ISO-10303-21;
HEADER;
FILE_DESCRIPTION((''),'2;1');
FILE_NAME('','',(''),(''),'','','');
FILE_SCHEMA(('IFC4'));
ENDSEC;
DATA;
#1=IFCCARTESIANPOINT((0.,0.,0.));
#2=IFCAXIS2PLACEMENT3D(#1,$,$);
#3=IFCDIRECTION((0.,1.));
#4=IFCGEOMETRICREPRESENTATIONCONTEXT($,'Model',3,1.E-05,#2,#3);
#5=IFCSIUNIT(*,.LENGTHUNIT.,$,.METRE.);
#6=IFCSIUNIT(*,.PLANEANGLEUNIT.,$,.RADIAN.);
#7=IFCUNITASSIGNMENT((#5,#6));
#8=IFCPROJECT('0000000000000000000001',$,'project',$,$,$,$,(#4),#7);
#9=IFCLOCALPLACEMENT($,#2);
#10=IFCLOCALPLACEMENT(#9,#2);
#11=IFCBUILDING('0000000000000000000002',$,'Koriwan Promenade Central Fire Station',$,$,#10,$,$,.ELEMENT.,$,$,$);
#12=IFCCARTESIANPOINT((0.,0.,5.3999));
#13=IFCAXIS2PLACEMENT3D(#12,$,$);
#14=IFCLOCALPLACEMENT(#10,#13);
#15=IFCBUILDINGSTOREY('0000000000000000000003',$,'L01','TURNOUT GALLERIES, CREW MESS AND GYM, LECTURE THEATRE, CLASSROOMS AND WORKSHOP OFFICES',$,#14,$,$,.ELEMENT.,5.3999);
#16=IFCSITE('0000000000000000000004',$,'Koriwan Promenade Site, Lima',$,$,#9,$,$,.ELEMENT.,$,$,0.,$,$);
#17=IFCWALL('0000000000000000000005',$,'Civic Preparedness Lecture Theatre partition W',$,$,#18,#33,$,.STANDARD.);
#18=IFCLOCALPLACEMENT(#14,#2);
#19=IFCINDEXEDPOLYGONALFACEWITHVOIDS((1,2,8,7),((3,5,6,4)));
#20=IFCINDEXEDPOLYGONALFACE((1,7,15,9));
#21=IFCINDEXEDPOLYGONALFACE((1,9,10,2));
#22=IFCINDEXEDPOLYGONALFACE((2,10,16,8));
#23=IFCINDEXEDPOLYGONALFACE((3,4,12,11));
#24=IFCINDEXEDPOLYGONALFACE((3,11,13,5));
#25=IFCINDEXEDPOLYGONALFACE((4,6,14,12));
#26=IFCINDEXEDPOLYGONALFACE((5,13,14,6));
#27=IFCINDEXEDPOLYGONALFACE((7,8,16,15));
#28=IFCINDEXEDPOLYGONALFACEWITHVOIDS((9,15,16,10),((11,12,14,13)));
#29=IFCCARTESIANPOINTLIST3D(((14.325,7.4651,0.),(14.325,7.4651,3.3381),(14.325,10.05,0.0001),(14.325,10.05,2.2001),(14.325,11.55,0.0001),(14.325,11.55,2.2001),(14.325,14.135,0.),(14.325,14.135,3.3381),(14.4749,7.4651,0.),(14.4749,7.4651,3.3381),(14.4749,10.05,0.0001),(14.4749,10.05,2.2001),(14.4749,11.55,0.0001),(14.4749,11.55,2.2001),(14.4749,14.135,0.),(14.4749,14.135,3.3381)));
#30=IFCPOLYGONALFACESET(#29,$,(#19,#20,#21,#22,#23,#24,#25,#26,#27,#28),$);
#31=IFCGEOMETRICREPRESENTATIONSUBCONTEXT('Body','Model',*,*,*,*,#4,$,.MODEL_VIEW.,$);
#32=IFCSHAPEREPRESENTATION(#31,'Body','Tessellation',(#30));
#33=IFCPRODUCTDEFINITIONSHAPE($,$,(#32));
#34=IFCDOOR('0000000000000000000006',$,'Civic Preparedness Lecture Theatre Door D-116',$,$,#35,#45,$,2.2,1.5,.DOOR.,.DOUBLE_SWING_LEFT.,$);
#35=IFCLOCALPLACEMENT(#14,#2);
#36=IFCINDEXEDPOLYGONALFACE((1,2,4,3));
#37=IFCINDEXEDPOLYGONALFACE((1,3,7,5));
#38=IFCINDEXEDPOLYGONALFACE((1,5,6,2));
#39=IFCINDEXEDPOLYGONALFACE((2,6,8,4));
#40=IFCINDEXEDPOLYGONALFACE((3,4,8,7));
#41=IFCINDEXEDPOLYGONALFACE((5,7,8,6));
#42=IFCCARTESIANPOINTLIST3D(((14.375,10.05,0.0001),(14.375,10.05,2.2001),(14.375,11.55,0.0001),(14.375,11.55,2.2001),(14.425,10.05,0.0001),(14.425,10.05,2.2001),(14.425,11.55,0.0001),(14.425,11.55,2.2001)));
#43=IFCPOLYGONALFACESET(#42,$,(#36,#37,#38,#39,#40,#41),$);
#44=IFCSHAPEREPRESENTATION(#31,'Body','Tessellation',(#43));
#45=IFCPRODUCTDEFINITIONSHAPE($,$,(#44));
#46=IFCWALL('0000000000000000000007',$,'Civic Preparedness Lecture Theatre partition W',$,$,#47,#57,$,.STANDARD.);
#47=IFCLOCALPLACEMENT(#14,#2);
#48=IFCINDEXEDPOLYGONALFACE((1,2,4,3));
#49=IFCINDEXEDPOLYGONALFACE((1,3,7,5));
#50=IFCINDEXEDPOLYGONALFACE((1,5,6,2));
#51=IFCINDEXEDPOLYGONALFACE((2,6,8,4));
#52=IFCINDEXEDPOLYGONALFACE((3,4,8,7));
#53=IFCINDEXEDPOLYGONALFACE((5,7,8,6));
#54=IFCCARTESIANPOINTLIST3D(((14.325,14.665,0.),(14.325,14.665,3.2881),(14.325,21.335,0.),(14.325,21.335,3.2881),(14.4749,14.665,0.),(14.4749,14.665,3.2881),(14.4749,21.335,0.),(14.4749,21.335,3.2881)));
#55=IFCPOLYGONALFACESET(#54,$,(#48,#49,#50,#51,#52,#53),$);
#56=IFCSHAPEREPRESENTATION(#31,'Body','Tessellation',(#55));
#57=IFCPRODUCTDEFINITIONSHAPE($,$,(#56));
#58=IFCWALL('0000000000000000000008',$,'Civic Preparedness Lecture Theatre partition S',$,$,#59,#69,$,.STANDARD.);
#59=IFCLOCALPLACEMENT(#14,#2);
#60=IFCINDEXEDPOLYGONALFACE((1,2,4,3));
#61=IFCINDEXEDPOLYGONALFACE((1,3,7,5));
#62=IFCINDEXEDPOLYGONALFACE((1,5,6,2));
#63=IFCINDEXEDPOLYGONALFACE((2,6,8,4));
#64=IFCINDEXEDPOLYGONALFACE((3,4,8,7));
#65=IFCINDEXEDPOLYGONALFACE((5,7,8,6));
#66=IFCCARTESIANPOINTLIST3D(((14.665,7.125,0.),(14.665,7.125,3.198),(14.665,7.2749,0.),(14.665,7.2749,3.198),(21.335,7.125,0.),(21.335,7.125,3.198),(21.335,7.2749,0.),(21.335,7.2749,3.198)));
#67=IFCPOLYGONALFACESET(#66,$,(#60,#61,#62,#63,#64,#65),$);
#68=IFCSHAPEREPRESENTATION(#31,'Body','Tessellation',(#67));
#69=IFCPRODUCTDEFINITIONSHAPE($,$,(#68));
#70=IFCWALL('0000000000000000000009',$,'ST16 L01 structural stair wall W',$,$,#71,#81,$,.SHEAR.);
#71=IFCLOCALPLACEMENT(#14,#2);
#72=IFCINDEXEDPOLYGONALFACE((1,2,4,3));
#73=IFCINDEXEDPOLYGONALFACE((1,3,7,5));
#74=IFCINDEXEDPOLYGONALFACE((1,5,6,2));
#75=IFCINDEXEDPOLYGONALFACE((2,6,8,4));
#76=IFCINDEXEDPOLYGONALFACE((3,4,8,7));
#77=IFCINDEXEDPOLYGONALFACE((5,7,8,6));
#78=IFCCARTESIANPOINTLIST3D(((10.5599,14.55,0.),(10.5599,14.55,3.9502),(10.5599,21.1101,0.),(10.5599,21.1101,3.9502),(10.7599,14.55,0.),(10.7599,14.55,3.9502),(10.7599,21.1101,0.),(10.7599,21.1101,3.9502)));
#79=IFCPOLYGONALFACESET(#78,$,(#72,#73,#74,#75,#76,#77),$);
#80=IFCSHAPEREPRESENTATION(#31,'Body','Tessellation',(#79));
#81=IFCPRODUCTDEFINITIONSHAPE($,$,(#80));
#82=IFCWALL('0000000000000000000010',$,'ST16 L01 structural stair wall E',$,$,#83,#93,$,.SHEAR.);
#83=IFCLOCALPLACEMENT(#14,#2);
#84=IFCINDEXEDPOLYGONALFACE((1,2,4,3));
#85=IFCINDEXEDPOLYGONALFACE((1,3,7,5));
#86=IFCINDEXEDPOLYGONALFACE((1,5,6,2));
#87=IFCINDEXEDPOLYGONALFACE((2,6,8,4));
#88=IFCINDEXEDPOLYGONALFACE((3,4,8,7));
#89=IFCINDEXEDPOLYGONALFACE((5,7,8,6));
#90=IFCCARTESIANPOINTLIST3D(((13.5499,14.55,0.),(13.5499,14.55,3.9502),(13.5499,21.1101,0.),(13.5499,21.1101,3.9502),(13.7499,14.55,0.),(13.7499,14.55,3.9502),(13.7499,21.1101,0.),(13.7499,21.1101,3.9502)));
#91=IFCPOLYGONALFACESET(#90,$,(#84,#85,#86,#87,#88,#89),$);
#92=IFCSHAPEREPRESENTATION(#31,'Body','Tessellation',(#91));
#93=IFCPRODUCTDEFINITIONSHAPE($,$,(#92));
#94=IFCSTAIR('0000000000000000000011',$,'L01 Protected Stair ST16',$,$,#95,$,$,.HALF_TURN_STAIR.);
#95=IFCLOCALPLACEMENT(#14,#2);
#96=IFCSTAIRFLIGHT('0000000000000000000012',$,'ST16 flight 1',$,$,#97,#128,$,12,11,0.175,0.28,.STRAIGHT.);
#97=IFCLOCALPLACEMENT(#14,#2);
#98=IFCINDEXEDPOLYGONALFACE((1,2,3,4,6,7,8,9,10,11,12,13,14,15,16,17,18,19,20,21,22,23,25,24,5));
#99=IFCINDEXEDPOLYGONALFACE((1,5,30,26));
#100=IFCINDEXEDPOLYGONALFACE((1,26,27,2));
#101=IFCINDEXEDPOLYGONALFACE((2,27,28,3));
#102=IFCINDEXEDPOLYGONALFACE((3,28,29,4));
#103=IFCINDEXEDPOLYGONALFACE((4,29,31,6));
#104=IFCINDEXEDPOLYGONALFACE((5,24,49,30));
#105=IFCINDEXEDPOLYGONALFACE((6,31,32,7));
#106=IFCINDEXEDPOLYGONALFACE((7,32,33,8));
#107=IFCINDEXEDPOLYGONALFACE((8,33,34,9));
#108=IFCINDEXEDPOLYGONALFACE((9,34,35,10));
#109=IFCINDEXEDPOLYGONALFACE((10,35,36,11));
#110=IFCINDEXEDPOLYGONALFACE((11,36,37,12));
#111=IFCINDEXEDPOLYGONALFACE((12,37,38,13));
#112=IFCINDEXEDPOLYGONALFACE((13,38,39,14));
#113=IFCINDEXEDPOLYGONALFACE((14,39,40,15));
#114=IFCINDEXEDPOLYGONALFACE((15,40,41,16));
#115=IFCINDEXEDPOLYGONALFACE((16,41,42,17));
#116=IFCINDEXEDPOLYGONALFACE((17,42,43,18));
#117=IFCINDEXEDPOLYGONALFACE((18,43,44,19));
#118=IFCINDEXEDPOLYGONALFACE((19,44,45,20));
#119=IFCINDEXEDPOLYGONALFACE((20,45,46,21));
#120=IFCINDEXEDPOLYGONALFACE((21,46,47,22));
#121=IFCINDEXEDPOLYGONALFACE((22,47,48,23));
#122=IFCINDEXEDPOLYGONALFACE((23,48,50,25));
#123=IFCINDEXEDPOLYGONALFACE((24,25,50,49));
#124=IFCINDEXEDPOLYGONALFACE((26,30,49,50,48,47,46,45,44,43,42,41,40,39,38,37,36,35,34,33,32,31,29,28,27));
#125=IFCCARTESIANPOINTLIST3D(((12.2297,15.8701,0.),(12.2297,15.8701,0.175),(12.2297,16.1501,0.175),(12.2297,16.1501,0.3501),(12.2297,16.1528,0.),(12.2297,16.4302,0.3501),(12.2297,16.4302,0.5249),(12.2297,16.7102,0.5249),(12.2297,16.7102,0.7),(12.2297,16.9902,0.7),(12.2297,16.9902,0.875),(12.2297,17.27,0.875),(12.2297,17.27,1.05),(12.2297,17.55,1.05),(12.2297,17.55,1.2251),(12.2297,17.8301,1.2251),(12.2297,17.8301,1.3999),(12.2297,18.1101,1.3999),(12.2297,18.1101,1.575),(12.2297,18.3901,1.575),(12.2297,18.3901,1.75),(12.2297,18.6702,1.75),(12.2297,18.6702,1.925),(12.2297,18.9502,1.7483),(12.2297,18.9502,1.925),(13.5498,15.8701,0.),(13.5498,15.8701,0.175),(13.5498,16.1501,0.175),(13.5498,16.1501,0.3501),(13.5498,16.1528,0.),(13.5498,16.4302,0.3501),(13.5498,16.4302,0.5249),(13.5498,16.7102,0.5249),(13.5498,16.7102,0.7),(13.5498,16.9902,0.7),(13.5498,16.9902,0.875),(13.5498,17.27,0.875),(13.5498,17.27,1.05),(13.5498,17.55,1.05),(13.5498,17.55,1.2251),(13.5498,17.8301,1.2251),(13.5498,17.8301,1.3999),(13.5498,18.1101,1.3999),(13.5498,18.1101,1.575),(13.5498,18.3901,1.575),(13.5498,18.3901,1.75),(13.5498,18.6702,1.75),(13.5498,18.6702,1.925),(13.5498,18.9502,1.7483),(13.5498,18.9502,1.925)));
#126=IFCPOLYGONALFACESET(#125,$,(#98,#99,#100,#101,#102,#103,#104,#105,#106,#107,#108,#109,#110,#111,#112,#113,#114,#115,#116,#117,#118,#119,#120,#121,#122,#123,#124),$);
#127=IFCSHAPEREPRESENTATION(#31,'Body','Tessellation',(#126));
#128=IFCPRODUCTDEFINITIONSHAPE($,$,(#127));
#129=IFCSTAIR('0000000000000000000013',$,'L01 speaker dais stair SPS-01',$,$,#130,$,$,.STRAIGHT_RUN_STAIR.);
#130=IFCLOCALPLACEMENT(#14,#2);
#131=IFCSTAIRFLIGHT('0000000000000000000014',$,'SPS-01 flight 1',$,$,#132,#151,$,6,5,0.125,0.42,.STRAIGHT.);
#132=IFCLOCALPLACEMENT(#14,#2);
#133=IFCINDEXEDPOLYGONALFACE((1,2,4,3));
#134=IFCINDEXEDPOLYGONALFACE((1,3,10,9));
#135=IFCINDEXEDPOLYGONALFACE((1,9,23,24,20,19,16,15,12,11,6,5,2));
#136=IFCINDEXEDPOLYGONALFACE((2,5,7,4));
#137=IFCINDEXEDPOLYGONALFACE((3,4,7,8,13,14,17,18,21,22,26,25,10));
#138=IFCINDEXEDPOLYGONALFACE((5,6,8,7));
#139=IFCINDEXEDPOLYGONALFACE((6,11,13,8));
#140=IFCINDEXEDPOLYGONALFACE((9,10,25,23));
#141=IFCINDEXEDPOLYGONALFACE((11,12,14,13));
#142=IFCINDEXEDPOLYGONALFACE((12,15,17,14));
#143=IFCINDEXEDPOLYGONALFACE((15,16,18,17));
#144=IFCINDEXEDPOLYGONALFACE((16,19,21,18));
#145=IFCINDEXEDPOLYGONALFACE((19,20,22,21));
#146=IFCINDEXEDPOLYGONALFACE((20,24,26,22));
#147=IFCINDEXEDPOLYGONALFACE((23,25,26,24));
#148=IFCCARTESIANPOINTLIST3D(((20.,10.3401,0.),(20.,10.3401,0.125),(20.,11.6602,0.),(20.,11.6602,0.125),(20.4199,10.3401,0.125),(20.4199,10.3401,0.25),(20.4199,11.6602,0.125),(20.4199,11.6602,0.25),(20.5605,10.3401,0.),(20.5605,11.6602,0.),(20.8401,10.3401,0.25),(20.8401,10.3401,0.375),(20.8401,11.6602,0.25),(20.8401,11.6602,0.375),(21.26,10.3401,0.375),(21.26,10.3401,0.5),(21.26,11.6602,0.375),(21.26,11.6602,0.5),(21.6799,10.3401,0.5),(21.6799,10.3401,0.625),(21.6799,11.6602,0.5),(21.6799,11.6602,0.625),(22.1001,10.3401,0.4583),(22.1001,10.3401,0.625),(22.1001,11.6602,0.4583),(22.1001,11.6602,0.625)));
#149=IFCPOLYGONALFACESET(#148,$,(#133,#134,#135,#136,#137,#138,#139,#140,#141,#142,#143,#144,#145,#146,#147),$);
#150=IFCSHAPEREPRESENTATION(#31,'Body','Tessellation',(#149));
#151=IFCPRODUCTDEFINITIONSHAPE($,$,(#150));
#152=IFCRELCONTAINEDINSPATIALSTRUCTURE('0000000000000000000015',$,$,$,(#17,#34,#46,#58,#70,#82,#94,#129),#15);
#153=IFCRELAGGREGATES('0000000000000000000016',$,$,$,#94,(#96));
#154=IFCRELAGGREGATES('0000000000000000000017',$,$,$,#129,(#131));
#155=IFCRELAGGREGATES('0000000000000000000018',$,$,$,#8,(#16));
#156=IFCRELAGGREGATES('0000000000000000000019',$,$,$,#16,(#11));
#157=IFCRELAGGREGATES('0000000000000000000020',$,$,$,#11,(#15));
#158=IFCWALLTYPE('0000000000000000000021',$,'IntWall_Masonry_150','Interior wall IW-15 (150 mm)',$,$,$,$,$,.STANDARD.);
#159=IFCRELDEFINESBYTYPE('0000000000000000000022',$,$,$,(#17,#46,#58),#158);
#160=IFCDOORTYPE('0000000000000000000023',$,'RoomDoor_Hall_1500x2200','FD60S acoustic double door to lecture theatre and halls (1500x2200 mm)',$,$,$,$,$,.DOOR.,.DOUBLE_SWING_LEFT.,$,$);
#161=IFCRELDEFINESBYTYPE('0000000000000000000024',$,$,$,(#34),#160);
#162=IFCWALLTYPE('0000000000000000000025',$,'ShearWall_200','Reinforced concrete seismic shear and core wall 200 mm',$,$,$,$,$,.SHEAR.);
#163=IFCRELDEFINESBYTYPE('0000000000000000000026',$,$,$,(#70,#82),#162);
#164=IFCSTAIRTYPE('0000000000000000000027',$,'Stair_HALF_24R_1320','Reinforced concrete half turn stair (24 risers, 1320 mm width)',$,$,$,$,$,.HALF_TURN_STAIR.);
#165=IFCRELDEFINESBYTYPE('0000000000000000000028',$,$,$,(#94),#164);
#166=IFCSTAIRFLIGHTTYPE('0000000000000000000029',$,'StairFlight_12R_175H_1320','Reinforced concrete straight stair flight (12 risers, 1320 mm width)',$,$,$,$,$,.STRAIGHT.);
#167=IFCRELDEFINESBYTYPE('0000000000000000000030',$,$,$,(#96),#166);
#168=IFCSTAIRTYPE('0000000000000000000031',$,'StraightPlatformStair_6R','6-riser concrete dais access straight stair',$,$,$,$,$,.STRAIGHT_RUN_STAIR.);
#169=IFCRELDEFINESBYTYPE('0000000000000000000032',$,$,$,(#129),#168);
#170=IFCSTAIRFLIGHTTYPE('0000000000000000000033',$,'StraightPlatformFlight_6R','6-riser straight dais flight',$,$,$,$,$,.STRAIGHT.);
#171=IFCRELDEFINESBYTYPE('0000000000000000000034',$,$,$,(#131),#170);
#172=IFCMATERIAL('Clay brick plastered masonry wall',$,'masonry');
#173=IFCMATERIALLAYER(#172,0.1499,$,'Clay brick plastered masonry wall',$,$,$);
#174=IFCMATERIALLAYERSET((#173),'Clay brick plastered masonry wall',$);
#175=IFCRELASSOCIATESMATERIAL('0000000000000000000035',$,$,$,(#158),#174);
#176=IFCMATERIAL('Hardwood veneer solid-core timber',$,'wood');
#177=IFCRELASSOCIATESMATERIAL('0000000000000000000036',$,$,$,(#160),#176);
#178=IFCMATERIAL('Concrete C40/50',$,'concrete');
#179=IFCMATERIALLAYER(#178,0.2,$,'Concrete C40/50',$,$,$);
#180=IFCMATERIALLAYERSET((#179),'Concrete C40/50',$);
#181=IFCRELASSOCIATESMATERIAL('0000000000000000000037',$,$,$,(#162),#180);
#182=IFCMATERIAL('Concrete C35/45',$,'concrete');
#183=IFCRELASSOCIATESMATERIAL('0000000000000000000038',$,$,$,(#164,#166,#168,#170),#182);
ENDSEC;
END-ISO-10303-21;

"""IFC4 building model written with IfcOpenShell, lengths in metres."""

from ifc_helpers import new_model, si_unit, direction, frame, frame_2d, origin, place, context, subcontext, project, spatial, polyline, rectangle, outline, extrude, material, layer, layer_set, type_object, element, fill, aggregate, save


model = new_model("IFC4")

# Units and contexts
model_context = context("Model", 3, precision=1e-05, world=origin(), true_north=direction((0.0, 1.0)))
body_context = subcontext(model_context, "Body", "Model", "MODEL_VIEW")
ifc_project = project(units=[si_unit("LENGTHUNIT", "METRE"), si_unit("PLANEANGLEUNIT", "RADIAN")], contexts=[model_context])

# Site, building, storey
site_placement = place(None, origin())
site = spatial("IfcSite", under=ifc_project, at=site_placement, Name="Koriwan Promenade Site, Lima", CompositionType="ELEMENT", RefElevation=0.0)
building_placement = place(site_placement, origin())
building = spatial("IfcBuilding", under=site, at=building_placement, Name="Koriwan Promenade Central Fire Station", CompositionType="ELEMENT")
storey_placement = place(building_placement, frame((0.0, 0.0, 5.3999)))
storey = spatial("IfcBuildingStorey", under=building, at=storey_placement, Name="L01", Description="TURNOUT GALLERIES, CREW MESS AND GYM, LECTURE THEATRE, CLASSROOMS AND WORKSHOP OFFICES", CompositionType="ELEMENT", Elevation=5.3999)

# Shared definitions
ifc_material_1 = material(Name="Concrete C40/50", Category="concrete")

# Shared definitions
ifc_material_2 = material(Name="Concrete C35/45", Category="concrete")

# Wall, opening, door
ifc_material_3 = material(Name="Hardwood veneer solid-core timber", Category="wood")
ifc_material_4 = material(Name="Clay brick plastered masonry wall", Category="masonry")
ifc_layer_1 = layer(ifc_material_4, 0.1499, Name="Clay brick plastered masonry wall")
ifc_layer_set_1 = layer_set([ifc_layer_1], Name="Clay brick plastered masonry wall")
wall_type_1 = type_object("IfcWallType", Name="IntWall_Masonry_150", Description="Interior wall IW-15 (150 mm)", PredefinedType="STANDARD", material=ifc_layer_set_1)
wall_1_placement = place(storey_placement, frame((14.3999, 7.4651, 0.0), z_axis=(0.0, 0.0, 1.0), x_axis=(0.0, 1.0, 0.0)))
wall_1 = element("IfcWall", 1, at=wall_1_placement, inside=storey, type_object=wall_type_1, Name="Civic Preparedness Lecture Theatre partition W", PredefinedType="STANDARD", context=body_context, shape_type="SweptSolid", body=[
    extrude(rectangle(XDim=6.6699, YDim=0.1499, at=frame_2d((3.335, 0.0))), origin(), (0.0, 0.0, 1.0), 3.3381),
])
opening_1_placement = place(wall_1_placement, frame((2.585, 0.0, 0.0)))
opening_1 = element("IfcOpeningElement", 2, at=opening_1_placement, cuts=wall_1, PredefinedType="OPENING", context=body_context, shape_type="SweptSolid", body=[
    extrude(rectangle(XDim=1.5, YDim=2.2, at=frame_2d((0.75, 1.1001))), frame((0.0, 0.0869, 0.0), z_axis=(0.0, -1.0, 0.0), x_axis=(1.0, 0.0, 0.0)), (0.0, 0.0, 1.0), 0.1738),
])
door_type_1 = type_object("IfcDoorType", Name="RoomDoor_Hall_1500x2200", Description="FD60S acoustic double door to lecture theatre and halls (1500x2200 mm)", OperationType="DOUBLE_SWING_LEFT", PredefinedType="DOOR", material=ifc_material_3)
door_1_placement = place(opening_1_placement, origin())
door_1 = element("IfcDoor", 3, at=door_1_placement, inside=storey, type_object=door_type_1, Name="Civic Preparedness Lecture Theatre Door D-116", OperationType="DOUBLE_SWING_LEFT", OverallHeight=2.2, OverallWidth=1.5, PredefinedType="DOOR", context=body_context, shape_type="SweptSolid", body=[
    extrude(rectangle(XDim=1.5, YDim=2.2, at=frame_2d((0.75, 1.1001))), frame((0.0, 0.0249, 0.0), z_axis=(0.0, -1.0, 0.0), x_axis=(1.0, 0.0, 0.0)), (0.0, 0.0, 1.0), 0.05),
])
fill(opening_1, door_1)

# Walls
wall_2_placement = place(storey_placement, frame((14.3999, 14.665, 0.0), z_axis=(0.0, 0.0, 1.0), x_axis=(0.0, 1.0, 0.0)))
element("IfcWall", 4, at=wall_2_placement, inside=storey, type_object=wall_type_1, Name="Civic Preparedness Lecture Theatre partition W", PredefinedType="STANDARD", context=body_context, shape_type="SweptSolid", body=[
    extrude(rectangle(XDim=6.6699, YDim=0.1499, at=frame_2d((3.335, 0.0))), origin(), (0.0, 0.0, 1.0), 3.2881),
])
wall_3_placement = place(storey_placement, frame((14.665, 7.2, 0.0), z_axis=(0.0, 0.0, 1.0), x_axis=(1.0, 0.0, 0.0)))
element("IfcWall", 5, at=wall_3_placement, inside=storey, type_object=wall_type_1, Name="Civic Preparedness Lecture Theatre partition S", PredefinedType="STANDARD", context=body_context, shape_type="SweptSolid", body=[
    extrude(rectangle(XDim=6.6699, YDim=0.1499, at=frame_2d((3.335, 0.0))), origin(), (0.0, 0.0, 1.0), 3.198),
])

# Shared definitions
ifc_layer_2 = layer(ifc_material_1, 0.2, Name="Concrete C40/50")
ifc_layer_set_2 = layer_set([ifc_layer_2], Name="Concrete C40/50")
wall_type_2 = type_object("IfcWallType", Name="ShearWall_200", Description="Reinforced concrete seismic shear and core wall 200 mm", PredefinedType="SHEAR", material=ifc_layer_set_2)

# Walls
for number, where, z_axis, x_axis, name in (
    (6, (10.6599, 14.55, 0.0), (0.0, 0.0, 1.0), (0.0, 1.0, 0.0), "ST16 L01 structural stair wall W"),
    (7, (13.6499, 14.55, 0.0), (0.0, 0.0, 1.0), (0.0, 1.0, 0.0), "ST16 L01 structural stair wall E"),
):
    element("IfcWall", number, at=place(storey_placement, frame(where, z_axis=z_axis, x_axis=x_axis)), inside=storey, type_object=wall_type_2, Name=name, PredefinedType="SHEAR", context=body_context, shape_type="SweptSolid", body=[
        extrude(rectangle(XDim=6.5601, YDim=0.2, at=frame_2d((3.28, 0.0))), origin(), (0.0, 0.0, 1.0), 3.9502),
    ])

# Stairs, stair flights
stair_type_1 = type_object("IfcStairType", Name="Stair_HALF_24R_1320", Description="Reinforced concrete half turn stair (24 risers, 1320 mm width)", PredefinedType="HALF_TURN_STAIR", material=ifc_material_2)
stair_1_placement = place(storey_placement, origin())
stair_1 = element("IfcStair", 8, at=stair_1_placement, inside=storey, type_object=stair_type_1, Name="L01 Protected Stair ST16", PredefinedType="HALF_TURN_STAIR")
stair_flight_type_1 = type_object("IfcStairFlightType", Name="StairFlight_12R_175H_1320", Description="Reinforced concrete straight stair flight (12 risers, 1320 mm width)", PredefinedType="STRAIGHT", material=ifc_material_2)
stair_flight_1_placement = place(storey_placement, frame((12.8899, 15.8701, 0.0), z_axis=(0.0, 0.0, 1.0), x_axis=(0.0, 1.0, 0.0)))
stair_flight_1 = element("IfcStairFlight", 9, at=stair_flight_1_placement, type_object=stair_flight_type_1, Name="ST16 flight 1", NumberOfRisers=12, NumberOfTreads=11, PredefinedType="STRAIGHT", RiserHeight=0.175, TreadLength=0.28, context=body_context, shape_type="SweptSolid", body=[
    extrude(outline(polyline([(0.0, 0.0), (0.0, 0.175), (0.28, 0.175), (0.28, 0.3501), (0.5601, 0.3501), (0.5601, 0.5249), (0.8401, 0.5249), (0.8401, 0.7), (1.1201, 0.7), (1.1201, 0.875), (1.3999, 0.875), (1.3999, 1.05), (1.6799, 1.05), (1.6799, 1.2251), (1.96, 1.2251), (1.96, 1.3999), (2.24, 1.3999), (2.24, 1.575), (2.52, 1.575), (2.52, 1.75), (2.8, 1.75), (2.8, 1.925), (3.0801, 1.925), (3.0801, 2.1001), (3.0801, 1.7483), (0.2827, 0.0), (0.0, 0.0)])), frame((0.0, 0.6602, 0.0), z_axis=(0.0, -1.0, 0.0), x_axis=(1.0, 0.0, 0.0)), (0.0, 0.0, 1.0), 1.3201),
])
aggregate(stair_1, [stair_flight_1])
stair_type_2 = type_object("IfcStairType", Name="StraightPlatformStair_6R", Description="6-riser concrete dais access straight stair", PredefinedType="STRAIGHT_RUN_STAIR", material=ifc_material_2)
stair_2_placement = place(storey_placement, origin())
stair_2 = element("IfcStair", 10, at=stair_2_placement, inside=storey, type_object=stair_type_2, Name="L01 speaker dais stair SPS-01", PredefinedType="STRAIGHT_RUN_STAIR")
stair_flight_type_2 = type_object("IfcStairFlightType", Name="StraightPlatformFlight_6R", Description="6-riser straight dais flight", PredefinedType="STRAIGHT", material=ifc_material_2)
stair_flight_2_placement = place(storey_placement, frame((20.0, 11.0, 0.0), z_axis=(0.0, 0.0, 1.0), x_axis=(1.0, 0.0, 0.0)))
stair_flight_2 = element("IfcStairFlight", 11, at=stair_flight_2_placement, type_object=stair_flight_type_2, Name="SPS-01 flight 1", NumberOfRisers=6, NumberOfTreads=5, PredefinedType="STRAIGHT", RiserHeight=0.125, TreadLength=0.42, context=body_context, shape_type="SweptSolid", body=[
    extrude(outline(polyline([(0.0, 0.0), (0.0, 0.125), (0.4199, 0.125), (0.4199, 0.25), (0.8401, 0.25), (0.8401, 0.375), (1.26, 0.375), (1.26, 0.5), (1.6799, 0.5), (1.6799, 0.625), (2.1001, 0.625), (2.1001, 0.75), (2.1001, 0.4583), (0.5605, 0.0), (0.0, 0.0)])), frame((0.0, 0.6602, 0.0), z_axis=(0.0, -1.0, 0.0), x_axis=(1.0, 0.0, 0.0)), (0.0, 0.0, 1.0), 1.3201),
])
aggregate(stair_2, [stair_flight_2])

save(model, "model.ifc")
